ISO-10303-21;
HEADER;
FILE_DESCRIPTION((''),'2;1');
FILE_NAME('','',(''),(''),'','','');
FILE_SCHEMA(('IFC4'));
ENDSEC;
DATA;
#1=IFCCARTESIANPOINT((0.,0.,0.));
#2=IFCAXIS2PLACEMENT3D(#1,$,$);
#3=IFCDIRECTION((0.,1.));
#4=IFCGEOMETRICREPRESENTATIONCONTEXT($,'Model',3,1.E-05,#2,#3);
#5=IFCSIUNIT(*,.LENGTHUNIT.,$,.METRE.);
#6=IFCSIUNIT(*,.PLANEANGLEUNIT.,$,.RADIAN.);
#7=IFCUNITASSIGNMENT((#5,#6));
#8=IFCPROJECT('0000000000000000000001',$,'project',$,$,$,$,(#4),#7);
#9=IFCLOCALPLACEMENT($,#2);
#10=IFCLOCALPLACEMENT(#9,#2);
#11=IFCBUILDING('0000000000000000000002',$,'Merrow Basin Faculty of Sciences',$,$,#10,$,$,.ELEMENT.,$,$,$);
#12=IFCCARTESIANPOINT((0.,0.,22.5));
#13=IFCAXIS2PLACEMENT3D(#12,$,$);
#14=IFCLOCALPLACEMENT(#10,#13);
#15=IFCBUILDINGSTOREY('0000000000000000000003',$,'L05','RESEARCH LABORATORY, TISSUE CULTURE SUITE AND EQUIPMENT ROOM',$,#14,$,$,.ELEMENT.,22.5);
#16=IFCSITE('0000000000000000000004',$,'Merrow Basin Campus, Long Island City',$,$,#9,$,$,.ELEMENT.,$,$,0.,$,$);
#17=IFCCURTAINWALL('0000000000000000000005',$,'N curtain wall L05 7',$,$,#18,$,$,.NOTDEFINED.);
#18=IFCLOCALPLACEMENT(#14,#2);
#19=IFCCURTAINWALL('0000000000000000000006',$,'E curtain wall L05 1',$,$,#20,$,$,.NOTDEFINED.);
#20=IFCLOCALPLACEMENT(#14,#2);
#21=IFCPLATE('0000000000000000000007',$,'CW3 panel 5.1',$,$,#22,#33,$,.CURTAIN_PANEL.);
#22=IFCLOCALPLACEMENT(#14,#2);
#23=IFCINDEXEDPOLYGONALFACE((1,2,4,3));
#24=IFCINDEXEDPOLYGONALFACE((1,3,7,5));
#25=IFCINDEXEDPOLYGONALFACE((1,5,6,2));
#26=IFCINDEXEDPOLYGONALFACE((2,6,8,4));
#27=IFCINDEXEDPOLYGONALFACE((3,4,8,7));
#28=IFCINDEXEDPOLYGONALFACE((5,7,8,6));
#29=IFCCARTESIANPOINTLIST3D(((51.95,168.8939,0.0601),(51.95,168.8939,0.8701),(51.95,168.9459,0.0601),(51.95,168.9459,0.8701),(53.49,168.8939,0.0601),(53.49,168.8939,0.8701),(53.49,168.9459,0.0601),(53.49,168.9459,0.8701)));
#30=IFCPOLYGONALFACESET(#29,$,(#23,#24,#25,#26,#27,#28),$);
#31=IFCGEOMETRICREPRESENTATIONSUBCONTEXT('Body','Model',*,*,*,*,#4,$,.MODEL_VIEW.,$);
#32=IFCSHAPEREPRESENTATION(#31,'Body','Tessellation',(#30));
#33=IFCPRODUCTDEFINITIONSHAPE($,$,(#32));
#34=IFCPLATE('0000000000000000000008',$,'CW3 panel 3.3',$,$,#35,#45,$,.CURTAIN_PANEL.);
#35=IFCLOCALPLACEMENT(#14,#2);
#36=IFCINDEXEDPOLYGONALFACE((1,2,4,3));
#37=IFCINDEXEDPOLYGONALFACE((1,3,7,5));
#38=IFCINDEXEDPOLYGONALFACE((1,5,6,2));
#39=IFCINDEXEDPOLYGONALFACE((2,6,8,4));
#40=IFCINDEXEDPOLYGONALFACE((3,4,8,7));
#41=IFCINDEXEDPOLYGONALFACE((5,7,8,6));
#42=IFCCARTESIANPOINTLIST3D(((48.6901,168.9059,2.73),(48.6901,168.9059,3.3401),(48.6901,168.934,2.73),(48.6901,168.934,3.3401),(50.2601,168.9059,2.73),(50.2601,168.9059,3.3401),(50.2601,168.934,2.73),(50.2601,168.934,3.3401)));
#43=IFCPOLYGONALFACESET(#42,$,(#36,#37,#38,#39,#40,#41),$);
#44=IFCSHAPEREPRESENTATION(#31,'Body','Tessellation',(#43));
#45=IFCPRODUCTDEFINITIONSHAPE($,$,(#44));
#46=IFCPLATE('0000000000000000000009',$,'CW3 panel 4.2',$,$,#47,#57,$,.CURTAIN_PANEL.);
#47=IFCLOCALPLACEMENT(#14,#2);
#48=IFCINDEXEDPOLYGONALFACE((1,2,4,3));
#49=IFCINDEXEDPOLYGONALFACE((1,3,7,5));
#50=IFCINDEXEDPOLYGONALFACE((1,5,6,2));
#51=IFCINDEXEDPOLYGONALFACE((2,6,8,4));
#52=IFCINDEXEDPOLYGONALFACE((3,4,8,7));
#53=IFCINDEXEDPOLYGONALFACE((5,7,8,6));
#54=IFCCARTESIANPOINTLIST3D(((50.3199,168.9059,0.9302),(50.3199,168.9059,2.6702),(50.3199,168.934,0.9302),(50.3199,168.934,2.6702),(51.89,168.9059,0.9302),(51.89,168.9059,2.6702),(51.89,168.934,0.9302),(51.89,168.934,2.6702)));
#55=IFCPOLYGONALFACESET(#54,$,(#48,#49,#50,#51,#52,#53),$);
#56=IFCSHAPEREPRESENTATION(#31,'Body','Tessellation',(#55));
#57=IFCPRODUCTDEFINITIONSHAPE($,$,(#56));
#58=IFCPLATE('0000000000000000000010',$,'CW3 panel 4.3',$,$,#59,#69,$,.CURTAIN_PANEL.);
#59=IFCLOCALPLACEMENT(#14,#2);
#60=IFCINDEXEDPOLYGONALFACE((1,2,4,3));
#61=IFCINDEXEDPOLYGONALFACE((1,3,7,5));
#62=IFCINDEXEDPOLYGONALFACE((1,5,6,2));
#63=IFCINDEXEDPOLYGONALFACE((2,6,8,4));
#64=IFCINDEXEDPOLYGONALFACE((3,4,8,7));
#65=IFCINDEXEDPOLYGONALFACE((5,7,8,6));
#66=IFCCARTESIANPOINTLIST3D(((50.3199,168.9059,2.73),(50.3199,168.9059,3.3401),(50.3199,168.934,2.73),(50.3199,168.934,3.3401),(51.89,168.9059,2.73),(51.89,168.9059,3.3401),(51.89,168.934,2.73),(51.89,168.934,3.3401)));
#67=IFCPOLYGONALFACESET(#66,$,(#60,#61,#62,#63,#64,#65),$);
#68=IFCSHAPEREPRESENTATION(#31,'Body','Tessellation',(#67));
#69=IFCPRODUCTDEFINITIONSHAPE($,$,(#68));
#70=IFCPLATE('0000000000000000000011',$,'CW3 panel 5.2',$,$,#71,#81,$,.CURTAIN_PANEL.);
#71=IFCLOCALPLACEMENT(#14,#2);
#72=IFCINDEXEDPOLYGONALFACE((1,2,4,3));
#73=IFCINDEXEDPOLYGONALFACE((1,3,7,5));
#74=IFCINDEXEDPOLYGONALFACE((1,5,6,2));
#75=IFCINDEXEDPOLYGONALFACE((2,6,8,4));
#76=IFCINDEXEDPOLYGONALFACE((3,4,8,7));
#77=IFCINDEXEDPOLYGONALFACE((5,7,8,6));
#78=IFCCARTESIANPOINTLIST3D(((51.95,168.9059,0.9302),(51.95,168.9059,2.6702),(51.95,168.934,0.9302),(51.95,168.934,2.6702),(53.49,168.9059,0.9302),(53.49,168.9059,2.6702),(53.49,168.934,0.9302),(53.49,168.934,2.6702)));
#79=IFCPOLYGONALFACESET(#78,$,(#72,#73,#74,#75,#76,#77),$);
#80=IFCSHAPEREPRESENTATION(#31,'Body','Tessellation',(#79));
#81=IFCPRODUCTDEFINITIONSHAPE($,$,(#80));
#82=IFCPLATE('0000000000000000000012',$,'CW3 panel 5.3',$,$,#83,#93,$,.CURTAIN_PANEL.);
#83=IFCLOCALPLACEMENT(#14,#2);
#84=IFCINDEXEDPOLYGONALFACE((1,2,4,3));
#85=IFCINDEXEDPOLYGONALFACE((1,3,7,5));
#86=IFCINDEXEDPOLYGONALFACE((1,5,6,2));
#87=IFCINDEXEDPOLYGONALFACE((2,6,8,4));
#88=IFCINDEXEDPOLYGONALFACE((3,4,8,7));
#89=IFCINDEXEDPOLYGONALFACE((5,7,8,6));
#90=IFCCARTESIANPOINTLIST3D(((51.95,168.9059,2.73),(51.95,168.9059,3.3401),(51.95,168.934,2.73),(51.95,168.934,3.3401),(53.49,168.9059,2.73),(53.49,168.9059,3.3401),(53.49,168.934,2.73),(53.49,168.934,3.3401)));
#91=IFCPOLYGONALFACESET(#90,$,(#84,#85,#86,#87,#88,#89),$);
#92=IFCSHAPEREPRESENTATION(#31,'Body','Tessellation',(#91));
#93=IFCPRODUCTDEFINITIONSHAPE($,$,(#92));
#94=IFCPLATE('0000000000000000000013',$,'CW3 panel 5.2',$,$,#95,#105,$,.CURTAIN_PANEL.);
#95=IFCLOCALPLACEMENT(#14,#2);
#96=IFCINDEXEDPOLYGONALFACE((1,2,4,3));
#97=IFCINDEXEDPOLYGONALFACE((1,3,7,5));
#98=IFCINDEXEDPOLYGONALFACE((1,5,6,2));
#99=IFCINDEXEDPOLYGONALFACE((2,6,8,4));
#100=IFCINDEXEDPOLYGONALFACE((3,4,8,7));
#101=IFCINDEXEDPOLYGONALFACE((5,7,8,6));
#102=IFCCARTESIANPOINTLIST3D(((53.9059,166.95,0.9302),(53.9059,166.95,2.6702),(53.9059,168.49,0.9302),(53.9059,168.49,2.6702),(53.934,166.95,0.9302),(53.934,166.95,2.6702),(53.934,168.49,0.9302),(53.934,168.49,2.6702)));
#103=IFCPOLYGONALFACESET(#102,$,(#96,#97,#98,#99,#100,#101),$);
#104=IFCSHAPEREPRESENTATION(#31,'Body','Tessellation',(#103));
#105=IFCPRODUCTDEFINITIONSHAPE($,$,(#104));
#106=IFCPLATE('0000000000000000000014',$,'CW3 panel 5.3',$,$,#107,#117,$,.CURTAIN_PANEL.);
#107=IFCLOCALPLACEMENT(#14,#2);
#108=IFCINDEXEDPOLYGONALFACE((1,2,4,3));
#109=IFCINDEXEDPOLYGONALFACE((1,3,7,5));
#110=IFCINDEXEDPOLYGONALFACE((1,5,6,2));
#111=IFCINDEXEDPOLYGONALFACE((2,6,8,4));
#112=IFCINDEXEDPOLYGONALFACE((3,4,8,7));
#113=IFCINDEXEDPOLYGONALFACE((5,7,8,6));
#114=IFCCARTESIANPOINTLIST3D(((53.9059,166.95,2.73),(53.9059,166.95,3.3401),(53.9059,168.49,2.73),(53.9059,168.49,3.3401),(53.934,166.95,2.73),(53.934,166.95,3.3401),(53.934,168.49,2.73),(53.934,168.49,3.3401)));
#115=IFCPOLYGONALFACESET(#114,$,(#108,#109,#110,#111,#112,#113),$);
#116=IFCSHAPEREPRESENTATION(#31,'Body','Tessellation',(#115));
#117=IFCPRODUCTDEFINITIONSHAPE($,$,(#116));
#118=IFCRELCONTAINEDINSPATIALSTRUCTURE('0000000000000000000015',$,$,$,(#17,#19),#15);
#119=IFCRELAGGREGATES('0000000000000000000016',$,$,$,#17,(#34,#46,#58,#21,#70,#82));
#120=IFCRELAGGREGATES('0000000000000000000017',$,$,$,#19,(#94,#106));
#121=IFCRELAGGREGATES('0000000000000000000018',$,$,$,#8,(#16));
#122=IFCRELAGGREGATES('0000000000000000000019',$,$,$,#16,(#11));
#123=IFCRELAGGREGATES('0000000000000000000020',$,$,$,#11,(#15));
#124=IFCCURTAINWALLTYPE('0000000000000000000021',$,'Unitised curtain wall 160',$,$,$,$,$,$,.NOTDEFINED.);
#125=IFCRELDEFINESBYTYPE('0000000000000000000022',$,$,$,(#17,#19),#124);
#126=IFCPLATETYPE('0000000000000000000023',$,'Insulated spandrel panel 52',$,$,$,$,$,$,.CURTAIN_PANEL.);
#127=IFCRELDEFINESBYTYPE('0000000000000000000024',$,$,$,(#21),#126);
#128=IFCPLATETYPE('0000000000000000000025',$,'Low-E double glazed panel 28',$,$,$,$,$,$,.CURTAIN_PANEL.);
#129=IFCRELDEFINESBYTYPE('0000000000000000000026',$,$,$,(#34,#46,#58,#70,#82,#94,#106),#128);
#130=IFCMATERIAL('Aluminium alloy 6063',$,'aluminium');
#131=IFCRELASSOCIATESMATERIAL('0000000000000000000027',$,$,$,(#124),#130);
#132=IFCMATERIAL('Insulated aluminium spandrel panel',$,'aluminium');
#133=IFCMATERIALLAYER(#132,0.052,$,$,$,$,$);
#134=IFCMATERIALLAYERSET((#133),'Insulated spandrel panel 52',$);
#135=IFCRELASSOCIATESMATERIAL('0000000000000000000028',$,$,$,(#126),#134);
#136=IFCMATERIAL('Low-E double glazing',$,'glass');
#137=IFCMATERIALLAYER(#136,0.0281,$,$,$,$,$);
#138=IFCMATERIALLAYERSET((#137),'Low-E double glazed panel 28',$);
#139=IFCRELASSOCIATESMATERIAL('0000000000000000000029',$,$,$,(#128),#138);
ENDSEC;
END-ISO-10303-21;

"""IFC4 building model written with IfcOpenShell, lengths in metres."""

from ifc_helpers import new_model, si_unit, direction, frame, origin, origin_2d, place, context, subcontext, project, spatial, rectangle, extrude, material, layer, layer_set, type_object, element, aggregate, save


model = new_model("IFC4")

# Units and contexts
model_context = context("Model", 3, precision=1e-05, world=origin(), true_north=direction((0.0, 1.0)))
body_context = subcontext(model_context, "Body", "Model", "MODEL_VIEW")
ifc_project = project(units=[si_unit("LENGTHUNIT", "METRE"), si_unit("PLANEANGLEUNIT", "RADIAN")], contexts=[model_context])

# Site, building, storey
site_placement = place(None, origin())
site = spatial("IfcSite", under=ifc_project, at=site_placement, Name="Merrow Basin Campus, Long Island City", CompositionType="ELEMENT", RefElevation=0.0)
building_placement = place(site_placement, origin())
building = spatial("IfcBuilding", under=site, at=building_placement, Name="Merrow Basin Faculty of Sciences", CompositionType="ELEMENT")
storey_placement = place(building_placement, frame((0.0, 0.0, 22.5)))
storey = spatial("IfcBuildingStorey", under=building, at=storey_placement, Name="L05", Description="RESEARCH LABORATORY, TISSUE CULTURE SUITE AND EQUIPMENT ROOM", CompositionType="ELEMENT", Elevation=22.5)

# Curtain wall
ifc_material_1 = material(Name="Aluminium alloy 6063", Category="aluminium")
curtain_wall_type = type_object("IfcCurtainWallType", Name="Unitised curtain wall 160", PredefinedType="NOTDEFINED", material=ifc_material_1)
curtain_wall_1_placement = place(storey_placement, origin())
curtain_wall_1 = element("IfcCurtainWall", 1, at=curtain_wall_1_placement, inside=storey, type_object=curtain_wall_type, Name="N curtain wall L05 7", PredefinedType="NOTDEFINED")

# Curtain wall
curtain_wall_2_placement = place(storey_placement, origin())
curtain_wall_2 = element("IfcCurtainWall", 2, at=curtain_wall_2_placement, inside=storey, type_object=curtain_wall_type, Name="E curtain wall L05 1", PredefinedType="NOTDEFINED")

# Plates
ifc_material_2 = material(Name="Insulated aluminium spandrel panel", Category="aluminium")
ifc_layer_1 = layer(ifc_material_2, 0.052)
ifc_layer_set_1 = layer_set([ifc_layer_1], Name="Insulated spandrel panel 52")
plate_type_1 = type_object("IfcPlateType", Name="Insulated spandrel panel 52", PredefinedType="CURTAIN_PANEL", material=ifc_layer_set_1)
plate_1_placement = place(storey_placement, frame((52.72, 168.9199, 0.0601), z_axis=(0.0, 0.0, 1.0), x_axis=(1.0, 0.0, 0.0)))
plate_1 = element("IfcPlate", 3, at=plate_1_placement, type_object=plate_type_1, Name="CW3 panel 5.1", PredefinedType="CURTAIN_PANEL", context=body_context, shape_type="SweptSolid", body=[
    extrude(rectangle(XDim=1.54, YDim=0.052, at=origin_2d()), origin(), (0.0, 0.0, 1.0), 0.8101),
])
ifc_material_3 = material(Name="Low-E double glazing", Category="glass")
ifc_layer_2 = layer(ifc_material_3, 0.0281)
ifc_layer_set_2 = layer_set([ifc_layer_2], Name="Low-E double glazed panel 28")
plate_type_2 = type_object("IfcPlateType", Name="Low-E double glazed panel 28", PredefinedType="CURTAIN_PANEL", material=ifc_layer_set_2)
plate_2_placement = place(storey_placement, frame((49.4751, 168.9199, 2.73), z_axis=(0.0, 0.0, 1.0), x_axis=(1.0, 0.0, 0.0)))
plate_2 = element("IfcPlate", 4, at=plate_2_placement, type_object=plate_type_2, Name="CW3 panel 3.3", PredefinedType="CURTAIN_PANEL", context=body_context, shape_type="SweptSolid", body=[
    extrude(rectangle(XDim=1.5701, YDim=0.0281, at=origin_2d()), origin(), (0.0, 0.0, 1.0), 0.6101),
])
plate_3_placement = place(storey_placement, frame((51.105, 168.9199, 0.9302), z_axis=(0.0, 0.0, 1.0), x_axis=(1.0, 0.0, 0.0)))
plate_3 = element("IfcPlate", 5, at=plate_3_placement, type_object=plate_type_2, Name="CW3 panel 4.2", PredefinedType="CURTAIN_PANEL", context=body_context, shape_type="SweptSolid", body=[
    extrude(rectangle(XDim=1.5701, YDim=0.0281, at=origin_2d()), origin(), (0.0, 0.0, 1.0), 1.74),
])
plate_4_placement = place(storey_placement, frame((51.105, 168.9199, 2.73), z_axis=(0.0, 0.0, 1.0), x_axis=(1.0, 0.0, 0.0)))
plate_4 = element("IfcPlate", 6, at=plate_4_placement, type_object=plate_type_2, Name="CW3 panel 4.3", PredefinedType="CURTAIN_PANEL", context=body_context, shape_type="SweptSolid", body=[
    extrude(rectangle(XDim=1.5701, YDim=0.0281, at=origin_2d()), origin(), (0.0, 0.0, 1.0), 0.6101),
])
plate_5_placement = place(storey_placement, frame((52.72, 168.9199, 0.9302), z_axis=(0.0, 0.0, 1.0), x_axis=(1.0, 0.0, 0.0)))
plate_5 = element("IfcPlate", 7, at=plate_5_placement, type_object=plate_type_2, Name="CW3 panel 5.2", PredefinedType="CURTAIN_PANEL", context=body_context, shape_type="SweptSolid", body=[
    extrude(rectangle(XDim=1.54, YDim=0.0281, at=origin_2d()), origin(), (0.0, 0.0, 1.0), 1.74),
])
plate_6_placement = place(storey_placement, frame((52.72, 168.9199, 2.73), z_axis=(0.0, 0.0, 1.0), x_axis=(1.0, 0.0, 0.0)))
plate_6 = element("IfcPlate", 8, at=plate_6_placement, type_object=plate_type_2, Name="CW3 panel 5.3", PredefinedType="CURTAIN_PANEL", context=body_context, shape_type="SweptSolid", body=[
    extrude(rectangle(XDim=1.54, YDim=0.0281, at=origin_2d()), origin(), (0.0, 0.0, 1.0), 0.6101),
])
aggregate(curtain_wall_1, [plate_2, plate_3, plate_4, plate_1, plate_5, plate_6])
plate_7_placement = place(storey_placement, frame((53.9199, 167.72, 0.9302), z_axis=(0.0, 0.0, 1.0), x_axis=(0.0, 1.0, 0.0)))
plate_7 = element("IfcPlate", 9, at=plate_7_placement, type_object=plate_type_2, Name="CW3 panel 5.2", PredefinedType="CURTAIN_PANEL", context=body_context, shape_type="SweptSolid", body=[
    extrude(rectangle(XDim=1.54, YDim=0.0281, at=origin_2d()), origin(), (0.0, 0.0, 1.0), 1.74),
])
plate_8_placement = place(storey_placement, frame((53.9199, 167.72, 2.73), z_axis=(0.0, 0.0, 1.0), x_axis=(0.0, 1.0, 0.0)))
plate_8 = element("IfcPlate", 10, at=plate_8_placement, type_object=plate_type_2, Name="CW3 panel 5.3", PredefinedType="CURTAIN_PANEL", context=body_context, shape_type="SweptSolid", body=[
    extrude(rectangle(XDim=1.54, YDim=0.0281, at=origin_2d()), origin(), (0.0, 0.0, 1.0), 0.6101),
])
aggregate(curtain_wall_2, [plate_7, plate_8])

save(model, "model.ifc")
